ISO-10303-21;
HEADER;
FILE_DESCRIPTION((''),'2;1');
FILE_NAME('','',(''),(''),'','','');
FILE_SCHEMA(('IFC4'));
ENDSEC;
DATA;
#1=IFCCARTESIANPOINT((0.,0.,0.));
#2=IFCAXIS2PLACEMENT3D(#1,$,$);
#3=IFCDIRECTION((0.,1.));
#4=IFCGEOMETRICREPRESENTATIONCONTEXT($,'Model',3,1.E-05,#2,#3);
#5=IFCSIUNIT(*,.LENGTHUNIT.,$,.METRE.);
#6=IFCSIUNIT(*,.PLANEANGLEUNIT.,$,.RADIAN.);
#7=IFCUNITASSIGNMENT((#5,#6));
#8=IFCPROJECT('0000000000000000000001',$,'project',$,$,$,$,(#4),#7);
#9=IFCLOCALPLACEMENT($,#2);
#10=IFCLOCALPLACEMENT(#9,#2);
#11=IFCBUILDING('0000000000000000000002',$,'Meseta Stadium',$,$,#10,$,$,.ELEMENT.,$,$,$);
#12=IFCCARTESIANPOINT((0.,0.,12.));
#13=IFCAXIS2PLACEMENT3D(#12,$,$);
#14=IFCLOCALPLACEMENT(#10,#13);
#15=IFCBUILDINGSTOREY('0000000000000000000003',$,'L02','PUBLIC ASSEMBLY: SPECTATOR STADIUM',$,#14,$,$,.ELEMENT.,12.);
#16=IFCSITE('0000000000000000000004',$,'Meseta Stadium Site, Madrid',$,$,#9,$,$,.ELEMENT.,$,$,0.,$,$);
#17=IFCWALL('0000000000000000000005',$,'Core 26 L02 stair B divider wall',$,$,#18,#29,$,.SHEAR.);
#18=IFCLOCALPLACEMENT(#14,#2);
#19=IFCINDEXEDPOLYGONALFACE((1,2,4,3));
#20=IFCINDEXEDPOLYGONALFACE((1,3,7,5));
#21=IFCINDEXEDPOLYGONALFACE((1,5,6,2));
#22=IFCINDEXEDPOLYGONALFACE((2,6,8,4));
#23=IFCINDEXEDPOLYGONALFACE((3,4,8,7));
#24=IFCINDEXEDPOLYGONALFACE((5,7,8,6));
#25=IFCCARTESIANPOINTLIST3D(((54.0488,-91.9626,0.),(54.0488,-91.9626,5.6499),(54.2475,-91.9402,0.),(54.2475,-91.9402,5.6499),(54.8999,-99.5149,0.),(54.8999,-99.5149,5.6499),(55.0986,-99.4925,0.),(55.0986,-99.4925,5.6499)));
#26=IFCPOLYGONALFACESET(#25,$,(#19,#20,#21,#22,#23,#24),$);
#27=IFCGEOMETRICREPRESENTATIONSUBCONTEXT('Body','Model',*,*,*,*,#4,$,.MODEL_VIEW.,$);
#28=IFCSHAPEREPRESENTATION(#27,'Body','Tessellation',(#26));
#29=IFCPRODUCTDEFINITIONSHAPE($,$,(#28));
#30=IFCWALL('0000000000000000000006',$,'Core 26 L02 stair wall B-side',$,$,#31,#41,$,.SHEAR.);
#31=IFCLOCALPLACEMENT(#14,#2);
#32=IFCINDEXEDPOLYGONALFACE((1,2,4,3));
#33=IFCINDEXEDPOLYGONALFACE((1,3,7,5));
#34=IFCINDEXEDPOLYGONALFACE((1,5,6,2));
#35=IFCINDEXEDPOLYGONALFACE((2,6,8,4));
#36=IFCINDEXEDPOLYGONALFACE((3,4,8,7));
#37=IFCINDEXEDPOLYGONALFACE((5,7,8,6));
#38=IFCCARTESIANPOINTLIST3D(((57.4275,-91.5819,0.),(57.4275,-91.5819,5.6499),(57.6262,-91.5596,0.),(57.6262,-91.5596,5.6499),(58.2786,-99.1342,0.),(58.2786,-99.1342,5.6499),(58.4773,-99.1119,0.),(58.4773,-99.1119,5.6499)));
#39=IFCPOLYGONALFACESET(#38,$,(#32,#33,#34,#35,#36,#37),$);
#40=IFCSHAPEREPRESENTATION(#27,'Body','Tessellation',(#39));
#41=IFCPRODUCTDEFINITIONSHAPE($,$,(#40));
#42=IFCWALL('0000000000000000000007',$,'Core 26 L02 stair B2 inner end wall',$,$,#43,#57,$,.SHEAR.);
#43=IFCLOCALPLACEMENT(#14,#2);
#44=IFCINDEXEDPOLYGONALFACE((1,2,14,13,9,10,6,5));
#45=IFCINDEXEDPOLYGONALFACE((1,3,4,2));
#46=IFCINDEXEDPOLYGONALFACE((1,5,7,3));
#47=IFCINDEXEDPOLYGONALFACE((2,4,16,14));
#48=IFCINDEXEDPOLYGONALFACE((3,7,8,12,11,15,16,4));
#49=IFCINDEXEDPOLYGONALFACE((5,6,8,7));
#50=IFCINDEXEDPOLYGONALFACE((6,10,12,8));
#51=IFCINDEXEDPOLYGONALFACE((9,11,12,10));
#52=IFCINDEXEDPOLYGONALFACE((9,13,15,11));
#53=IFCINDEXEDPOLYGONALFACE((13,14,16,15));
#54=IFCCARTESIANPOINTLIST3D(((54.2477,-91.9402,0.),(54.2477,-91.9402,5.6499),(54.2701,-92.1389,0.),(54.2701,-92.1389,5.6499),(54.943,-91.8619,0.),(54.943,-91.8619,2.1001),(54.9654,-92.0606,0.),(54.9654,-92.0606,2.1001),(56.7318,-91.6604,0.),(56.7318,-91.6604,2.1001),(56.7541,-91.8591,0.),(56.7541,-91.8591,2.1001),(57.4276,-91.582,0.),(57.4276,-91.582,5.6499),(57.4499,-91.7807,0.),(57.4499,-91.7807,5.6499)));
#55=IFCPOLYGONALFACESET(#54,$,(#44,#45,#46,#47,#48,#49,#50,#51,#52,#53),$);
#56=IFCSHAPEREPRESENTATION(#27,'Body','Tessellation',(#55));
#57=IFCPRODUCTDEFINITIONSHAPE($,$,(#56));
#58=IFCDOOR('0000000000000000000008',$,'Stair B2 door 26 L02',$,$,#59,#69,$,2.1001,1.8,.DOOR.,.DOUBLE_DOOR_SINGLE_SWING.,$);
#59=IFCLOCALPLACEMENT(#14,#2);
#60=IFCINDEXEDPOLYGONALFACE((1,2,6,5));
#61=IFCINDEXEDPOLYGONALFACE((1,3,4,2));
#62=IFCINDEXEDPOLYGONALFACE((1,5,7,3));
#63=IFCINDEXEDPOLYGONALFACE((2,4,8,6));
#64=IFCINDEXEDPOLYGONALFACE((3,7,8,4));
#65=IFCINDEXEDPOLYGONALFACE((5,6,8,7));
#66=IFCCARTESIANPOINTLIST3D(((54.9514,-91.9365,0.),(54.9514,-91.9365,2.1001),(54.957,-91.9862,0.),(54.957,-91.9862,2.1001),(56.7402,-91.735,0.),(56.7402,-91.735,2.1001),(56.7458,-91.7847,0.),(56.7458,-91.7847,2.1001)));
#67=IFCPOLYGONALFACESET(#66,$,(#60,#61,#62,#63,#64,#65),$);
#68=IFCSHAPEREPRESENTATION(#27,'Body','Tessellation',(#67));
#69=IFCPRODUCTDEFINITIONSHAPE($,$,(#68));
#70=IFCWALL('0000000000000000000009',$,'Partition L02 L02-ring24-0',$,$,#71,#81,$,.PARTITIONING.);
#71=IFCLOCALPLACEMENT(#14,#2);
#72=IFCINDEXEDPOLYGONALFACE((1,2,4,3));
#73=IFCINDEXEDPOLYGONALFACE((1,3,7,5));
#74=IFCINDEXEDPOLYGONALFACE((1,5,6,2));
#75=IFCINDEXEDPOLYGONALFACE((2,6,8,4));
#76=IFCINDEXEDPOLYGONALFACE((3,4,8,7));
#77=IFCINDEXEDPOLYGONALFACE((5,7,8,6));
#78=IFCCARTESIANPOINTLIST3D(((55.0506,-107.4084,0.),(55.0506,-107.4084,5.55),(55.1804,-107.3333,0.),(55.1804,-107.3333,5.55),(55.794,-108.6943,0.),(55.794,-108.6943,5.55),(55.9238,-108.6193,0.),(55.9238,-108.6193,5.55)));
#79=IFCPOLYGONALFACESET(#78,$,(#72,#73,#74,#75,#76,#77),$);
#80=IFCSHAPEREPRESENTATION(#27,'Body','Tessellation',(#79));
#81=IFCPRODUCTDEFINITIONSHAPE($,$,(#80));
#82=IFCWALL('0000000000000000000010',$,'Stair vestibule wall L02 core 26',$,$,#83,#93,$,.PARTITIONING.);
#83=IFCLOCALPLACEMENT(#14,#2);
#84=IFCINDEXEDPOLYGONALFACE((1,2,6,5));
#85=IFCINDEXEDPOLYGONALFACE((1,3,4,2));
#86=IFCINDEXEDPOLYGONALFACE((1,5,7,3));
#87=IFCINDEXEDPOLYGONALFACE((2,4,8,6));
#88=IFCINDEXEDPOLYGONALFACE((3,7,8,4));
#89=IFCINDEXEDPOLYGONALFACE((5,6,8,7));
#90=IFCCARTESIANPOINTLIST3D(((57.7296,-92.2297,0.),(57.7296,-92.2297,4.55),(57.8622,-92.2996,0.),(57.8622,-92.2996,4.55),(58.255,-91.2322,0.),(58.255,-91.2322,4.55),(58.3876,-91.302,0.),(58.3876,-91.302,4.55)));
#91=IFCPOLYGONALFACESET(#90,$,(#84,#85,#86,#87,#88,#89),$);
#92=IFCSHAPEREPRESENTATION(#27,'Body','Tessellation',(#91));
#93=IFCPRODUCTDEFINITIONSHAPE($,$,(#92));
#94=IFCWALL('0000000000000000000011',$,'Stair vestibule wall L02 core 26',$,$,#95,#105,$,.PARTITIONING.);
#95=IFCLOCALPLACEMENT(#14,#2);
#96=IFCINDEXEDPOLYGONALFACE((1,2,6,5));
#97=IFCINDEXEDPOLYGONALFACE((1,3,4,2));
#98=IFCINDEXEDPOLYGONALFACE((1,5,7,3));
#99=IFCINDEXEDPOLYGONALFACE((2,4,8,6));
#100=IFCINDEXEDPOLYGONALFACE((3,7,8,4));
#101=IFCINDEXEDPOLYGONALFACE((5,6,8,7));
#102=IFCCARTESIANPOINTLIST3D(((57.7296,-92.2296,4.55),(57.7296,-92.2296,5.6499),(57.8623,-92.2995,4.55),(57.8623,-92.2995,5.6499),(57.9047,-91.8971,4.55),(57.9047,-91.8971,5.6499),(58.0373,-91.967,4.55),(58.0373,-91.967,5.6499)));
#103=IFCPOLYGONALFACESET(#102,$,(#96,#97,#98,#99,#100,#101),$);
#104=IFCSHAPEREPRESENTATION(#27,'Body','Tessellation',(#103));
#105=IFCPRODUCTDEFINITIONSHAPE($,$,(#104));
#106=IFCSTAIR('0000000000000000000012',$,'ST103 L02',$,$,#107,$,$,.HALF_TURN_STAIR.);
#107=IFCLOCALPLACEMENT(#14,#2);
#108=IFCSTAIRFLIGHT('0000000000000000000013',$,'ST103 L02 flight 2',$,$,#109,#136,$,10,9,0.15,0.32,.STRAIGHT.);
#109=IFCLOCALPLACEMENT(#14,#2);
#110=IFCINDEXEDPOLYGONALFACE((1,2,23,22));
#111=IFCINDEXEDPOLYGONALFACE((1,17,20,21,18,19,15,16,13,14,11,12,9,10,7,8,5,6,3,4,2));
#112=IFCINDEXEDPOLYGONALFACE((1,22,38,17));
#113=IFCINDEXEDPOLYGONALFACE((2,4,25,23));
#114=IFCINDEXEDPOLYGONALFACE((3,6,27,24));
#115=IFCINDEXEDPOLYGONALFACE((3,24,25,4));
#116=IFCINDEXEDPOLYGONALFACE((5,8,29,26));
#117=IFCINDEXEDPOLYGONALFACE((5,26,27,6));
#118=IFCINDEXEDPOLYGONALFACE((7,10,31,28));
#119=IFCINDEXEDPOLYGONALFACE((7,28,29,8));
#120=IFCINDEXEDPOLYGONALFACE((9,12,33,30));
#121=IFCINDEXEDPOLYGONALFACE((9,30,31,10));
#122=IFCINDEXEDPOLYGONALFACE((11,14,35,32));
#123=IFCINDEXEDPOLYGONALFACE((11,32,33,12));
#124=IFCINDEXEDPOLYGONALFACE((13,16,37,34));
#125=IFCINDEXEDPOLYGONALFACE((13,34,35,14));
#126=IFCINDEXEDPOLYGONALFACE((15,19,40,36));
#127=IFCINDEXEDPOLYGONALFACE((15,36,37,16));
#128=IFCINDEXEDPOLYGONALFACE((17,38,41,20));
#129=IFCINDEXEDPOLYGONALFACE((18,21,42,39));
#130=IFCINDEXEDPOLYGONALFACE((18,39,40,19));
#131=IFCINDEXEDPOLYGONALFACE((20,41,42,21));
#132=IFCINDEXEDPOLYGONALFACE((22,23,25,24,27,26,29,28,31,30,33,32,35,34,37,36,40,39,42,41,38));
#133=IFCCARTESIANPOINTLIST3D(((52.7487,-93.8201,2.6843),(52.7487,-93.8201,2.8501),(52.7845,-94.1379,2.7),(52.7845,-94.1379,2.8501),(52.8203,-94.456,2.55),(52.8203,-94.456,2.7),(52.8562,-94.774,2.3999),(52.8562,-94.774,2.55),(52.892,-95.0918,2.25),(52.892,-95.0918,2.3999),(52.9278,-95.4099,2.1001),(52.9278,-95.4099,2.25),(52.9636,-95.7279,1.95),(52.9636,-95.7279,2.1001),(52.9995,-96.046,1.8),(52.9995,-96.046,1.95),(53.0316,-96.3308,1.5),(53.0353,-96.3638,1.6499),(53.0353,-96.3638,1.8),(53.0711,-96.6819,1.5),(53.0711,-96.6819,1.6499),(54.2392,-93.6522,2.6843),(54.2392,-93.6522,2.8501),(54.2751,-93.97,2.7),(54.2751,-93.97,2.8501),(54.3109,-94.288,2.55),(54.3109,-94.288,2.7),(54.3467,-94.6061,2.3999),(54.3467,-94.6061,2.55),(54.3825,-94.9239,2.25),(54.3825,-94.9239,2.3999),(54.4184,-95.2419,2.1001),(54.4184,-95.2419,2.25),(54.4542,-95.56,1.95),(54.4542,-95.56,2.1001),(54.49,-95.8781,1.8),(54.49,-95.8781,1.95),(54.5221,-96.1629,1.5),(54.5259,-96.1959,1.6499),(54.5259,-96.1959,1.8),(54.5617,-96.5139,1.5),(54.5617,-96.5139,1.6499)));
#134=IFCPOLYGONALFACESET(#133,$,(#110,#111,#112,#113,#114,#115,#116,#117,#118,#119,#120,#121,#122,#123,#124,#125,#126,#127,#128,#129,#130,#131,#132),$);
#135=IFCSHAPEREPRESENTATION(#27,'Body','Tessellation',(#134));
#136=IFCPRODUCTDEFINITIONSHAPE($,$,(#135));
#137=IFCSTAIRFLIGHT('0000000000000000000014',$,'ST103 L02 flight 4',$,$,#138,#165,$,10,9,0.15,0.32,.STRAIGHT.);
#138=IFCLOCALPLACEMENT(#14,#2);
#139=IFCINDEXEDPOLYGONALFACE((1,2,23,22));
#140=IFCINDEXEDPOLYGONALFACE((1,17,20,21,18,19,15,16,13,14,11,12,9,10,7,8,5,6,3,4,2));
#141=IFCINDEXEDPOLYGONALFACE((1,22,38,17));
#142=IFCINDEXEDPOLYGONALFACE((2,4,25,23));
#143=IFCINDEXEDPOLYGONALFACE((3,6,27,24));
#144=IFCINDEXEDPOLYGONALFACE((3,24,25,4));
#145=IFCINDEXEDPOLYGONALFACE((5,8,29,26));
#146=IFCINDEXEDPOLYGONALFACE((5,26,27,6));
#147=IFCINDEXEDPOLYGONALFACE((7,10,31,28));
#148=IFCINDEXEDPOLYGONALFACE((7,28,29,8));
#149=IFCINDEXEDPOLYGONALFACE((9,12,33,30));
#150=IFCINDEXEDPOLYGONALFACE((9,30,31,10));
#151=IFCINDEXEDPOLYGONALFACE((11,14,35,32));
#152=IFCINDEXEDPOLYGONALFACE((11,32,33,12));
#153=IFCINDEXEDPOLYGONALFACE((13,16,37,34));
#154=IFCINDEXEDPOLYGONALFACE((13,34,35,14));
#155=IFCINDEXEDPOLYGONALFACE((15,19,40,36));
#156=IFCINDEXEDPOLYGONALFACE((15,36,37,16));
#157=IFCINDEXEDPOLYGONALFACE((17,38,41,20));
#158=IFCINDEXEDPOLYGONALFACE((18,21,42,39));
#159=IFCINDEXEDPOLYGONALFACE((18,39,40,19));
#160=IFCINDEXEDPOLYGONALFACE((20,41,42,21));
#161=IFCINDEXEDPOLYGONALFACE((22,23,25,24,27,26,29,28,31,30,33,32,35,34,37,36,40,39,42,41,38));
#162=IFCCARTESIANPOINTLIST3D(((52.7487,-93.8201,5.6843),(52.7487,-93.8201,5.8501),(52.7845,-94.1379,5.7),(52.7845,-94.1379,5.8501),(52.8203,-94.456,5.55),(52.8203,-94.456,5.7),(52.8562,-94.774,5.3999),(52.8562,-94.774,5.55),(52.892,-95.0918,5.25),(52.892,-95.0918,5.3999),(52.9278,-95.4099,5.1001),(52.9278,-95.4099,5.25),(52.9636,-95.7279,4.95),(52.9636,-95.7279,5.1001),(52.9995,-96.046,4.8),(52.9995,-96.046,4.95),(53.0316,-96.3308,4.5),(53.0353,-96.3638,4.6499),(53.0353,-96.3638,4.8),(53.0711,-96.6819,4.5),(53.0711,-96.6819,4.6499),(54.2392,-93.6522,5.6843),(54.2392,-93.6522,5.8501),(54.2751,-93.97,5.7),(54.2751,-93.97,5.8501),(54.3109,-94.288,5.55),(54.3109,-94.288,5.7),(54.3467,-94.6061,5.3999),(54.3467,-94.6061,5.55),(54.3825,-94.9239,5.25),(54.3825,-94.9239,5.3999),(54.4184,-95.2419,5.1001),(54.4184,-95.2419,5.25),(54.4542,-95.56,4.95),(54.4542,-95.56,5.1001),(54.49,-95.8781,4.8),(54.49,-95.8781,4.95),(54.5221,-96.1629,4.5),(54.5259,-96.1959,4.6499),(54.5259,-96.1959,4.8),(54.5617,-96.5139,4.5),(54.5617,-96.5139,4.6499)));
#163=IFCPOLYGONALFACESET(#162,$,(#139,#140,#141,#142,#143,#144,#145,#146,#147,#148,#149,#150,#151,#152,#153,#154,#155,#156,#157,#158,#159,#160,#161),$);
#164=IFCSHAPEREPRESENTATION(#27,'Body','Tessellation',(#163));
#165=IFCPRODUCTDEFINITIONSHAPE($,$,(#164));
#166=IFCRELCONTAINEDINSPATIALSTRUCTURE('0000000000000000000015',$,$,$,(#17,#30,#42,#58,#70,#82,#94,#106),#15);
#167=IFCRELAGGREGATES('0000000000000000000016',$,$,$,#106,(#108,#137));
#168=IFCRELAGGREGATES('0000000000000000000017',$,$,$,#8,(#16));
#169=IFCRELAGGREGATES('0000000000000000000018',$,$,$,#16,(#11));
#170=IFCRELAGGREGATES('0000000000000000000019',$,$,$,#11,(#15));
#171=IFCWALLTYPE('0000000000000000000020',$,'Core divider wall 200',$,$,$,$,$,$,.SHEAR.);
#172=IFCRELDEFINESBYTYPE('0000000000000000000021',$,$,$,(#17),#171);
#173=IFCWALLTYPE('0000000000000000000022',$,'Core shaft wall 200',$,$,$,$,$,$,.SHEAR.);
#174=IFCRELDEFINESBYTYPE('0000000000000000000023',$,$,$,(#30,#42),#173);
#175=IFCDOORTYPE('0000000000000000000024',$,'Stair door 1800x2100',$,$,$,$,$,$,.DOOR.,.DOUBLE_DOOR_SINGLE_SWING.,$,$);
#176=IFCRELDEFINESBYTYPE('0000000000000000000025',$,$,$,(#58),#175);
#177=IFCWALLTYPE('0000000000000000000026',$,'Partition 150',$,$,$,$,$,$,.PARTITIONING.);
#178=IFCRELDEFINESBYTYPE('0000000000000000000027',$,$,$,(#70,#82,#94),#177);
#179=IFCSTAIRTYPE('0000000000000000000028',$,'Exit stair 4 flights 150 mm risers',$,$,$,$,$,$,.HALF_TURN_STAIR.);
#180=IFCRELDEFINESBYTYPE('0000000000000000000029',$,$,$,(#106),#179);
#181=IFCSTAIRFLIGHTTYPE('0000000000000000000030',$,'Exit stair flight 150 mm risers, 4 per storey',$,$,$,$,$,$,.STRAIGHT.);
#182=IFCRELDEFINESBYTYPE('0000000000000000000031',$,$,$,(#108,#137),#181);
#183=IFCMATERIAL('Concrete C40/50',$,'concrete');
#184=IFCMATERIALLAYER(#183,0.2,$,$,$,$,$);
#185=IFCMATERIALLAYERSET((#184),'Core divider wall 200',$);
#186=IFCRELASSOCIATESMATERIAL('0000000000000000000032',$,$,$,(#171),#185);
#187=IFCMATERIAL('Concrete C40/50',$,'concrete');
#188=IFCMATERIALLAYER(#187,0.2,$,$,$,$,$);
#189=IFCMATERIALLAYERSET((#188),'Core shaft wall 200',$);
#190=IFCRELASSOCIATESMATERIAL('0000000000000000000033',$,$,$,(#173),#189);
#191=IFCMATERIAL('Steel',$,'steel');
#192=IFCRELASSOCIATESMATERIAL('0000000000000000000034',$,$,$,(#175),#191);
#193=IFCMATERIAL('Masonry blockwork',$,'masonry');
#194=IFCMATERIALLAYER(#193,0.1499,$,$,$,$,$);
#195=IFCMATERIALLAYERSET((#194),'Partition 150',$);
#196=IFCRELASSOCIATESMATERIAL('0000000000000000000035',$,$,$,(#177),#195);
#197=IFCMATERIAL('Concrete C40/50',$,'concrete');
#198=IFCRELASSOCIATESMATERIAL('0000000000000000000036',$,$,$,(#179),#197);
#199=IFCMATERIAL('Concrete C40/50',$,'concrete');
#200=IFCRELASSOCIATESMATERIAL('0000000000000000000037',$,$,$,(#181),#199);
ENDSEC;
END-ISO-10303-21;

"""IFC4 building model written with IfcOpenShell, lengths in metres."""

from ifc_helpers import new_model, si_unit, direction, frame, frame_2d, origin, place, context, subcontext, project, spatial, polyline, rectangle, outline, extrude, material, layer, layer_set, type_object, element, fill, aggregate, save


model = new_model("IFC4")

# Units and contexts
model_context = context("Model", 3, precision=1e-05, world=origin(), true_north=direction((0.0, 1.0)))
body_context = subcontext(model_context, "Body", "Model", "MODEL_VIEW")
ifc_project = project(units=[si_unit("LENGTHUNIT", "METRE"), si_unit("PLANEANGLEUNIT", "RADIAN")], contexts=[model_context])

# Site, building, storey
site_placement = place(None, origin())
site = spatial("IfcSite", under=ifc_project, at=site_placement, Name="Meseta Stadium Site, Madrid", CompositionType="ELEMENT", RefElevation=0.0)
building_placement = place(site_placement, origin())
building = spatial("IfcBuilding", under=site, at=building_placement, Name="Meseta Stadium", CompositionType="ELEMENT")
storey_placement = place(building_placement, frame((0.0, 0.0, 12.0)))
storey = spatial("IfcBuildingStorey", under=building, at=storey_placement, Name="L02", Description="PUBLIC ASSEMBLY: SPECTATOR STADIUM", CompositionType="ELEMENT", Elevation=12.0)

# Walls
ifc_material_1 = material(Name="Concrete C40/50", Category="concrete")
ifc_layer_1 = layer(ifc_material_1, 0.2)
ifc_layer_set_1 = layer_set([ifc_layer_1], Name="Core divider wall 200")
wall_type_1 = type_object("IfcWallType", Name="Core divider wall 200", PredefinedType="SHEAR", material=ifc_layer_set_1)
wall_1_placement = place(storey_placement, frame((54.9993, -99.5037, 0.0), z_axis=(0.0, 0.0, 1.0), x_axis=(-0.111983, 0.99371, 0.0)))
element("IfcWall", 1, at=wall_1_placement, inside=storey, type_object=wall_type_1, Name="Core 26 L02 stair B divider wall", PredefinedType="SHEAR", context=body_context, shape_type="SweptSolid", body=[
    extrude(rectangle(XDim=7.6001, YDim=0.2, at=frame_2d((3.8, 0.0))), origin(), (0.0, 0.0, 1.0), 5.6499),
])
ifc_material_2 = material(Name="Concrete C40/50", Category="concrete")
ifc_layer_2 = layer(ifc_material_2, 0.2)
ifc_layer_set_2 = layer_set([ifc_layer_2], Name="Core shaft wall 200")
wall_type_2 = type_object("IfcWallType", Name="Core shaft wall 200", PredefinedType="SHEAR", material=ifc_layer_set_2)
wall_2_placement = place(storey_placement, frame((58.3779, -99.123, 0.0), z_axis=(0.0, 0.0, 1.0), x_axis=(-0.111983, 0.99371, 0.0)))
element("IfcWall", 2, at=wall_2_placement, inside=storey, type_object=wall_type_2, Name="Core 26 L02 stair wall B-side", PredefinedType="SHEAR", context=body_context, shape_type="SweptSolid", body=[
    extrude(rectangle(XDim=7.6001, YDim=0.2, at=frame_2d((3.8, 0.0))), origin(), (0.0, 0.0, 1.0), 5.6499),
])

# Wall, opening, door
wall_3_placement = place(storey_placement, frame((54.2588, -92.0396, 0.0), z_axis=(0.0, 0.0, 1.0), x_axis=(0.993717, 0.111922, 0.0)))
wall_3 = element("IfcWall", 3, at=wall_3_placement, inside=storey, type_object=wall_type_2, Name="Core 26 L02 stair B2 inner end wall", PredefinedType="SHEAR", context=body_context, shape_type="SweptSolid", body=[
    extrude(rectangle(XDim=3.2, YDim=0.2, at=frame_2d((1.6001, 0.0))), origin(), (0.0, 0.0, 1.0), 5.6499),
])
opening_placement = place(wall_3_placement, frame((0.7, 0.0, 0.0)))
opening = element("IfcOpeningElement", 4, at=opening_placement, cuts=wall_3, PredefinedType="OPENING", context=body_context, shape_type="SweptSolid", body=[
    extrude(rectangle(XDim=1.8, YDim=2.1001, at=frame_2d((0.8999, 1.05))), frame((0.0, 0.1099, 0.0), z_axis=(0.0, -1.0, 0.0), x_axis=(1.0, 0.0, 0.0)), (0.0, 0.0, 1.0), 0.22),
])
ifc_material_3 = material(Name="Steel", Category="steel")
door_type = type_object("IfcDoorType", Name="Stair door 1800x2100", OperationType="DOUBLE_DOOR_SINGLE_SWING", PredefinedType="DOOR", material=ifc_material_3)
door_placement = place(opening_placement, origin())
door = element("IfcDoor", 5, at=door_placement, inside=storey, type_object=door_type, Name="Stair B2 door 26 L02", OperationType="DOUBLE_DOOR_SINGLE_SWING", OverallHeight=2.1001, OverallWidth=1.8, PredefinedType="DOOR", context=body_context, shape_type="SweptSolid", body=[
    extrude(rectangle(XDim=1.8, YDim=2.1001, at=frame_2d((0.8999, 1.05))), frame((0.0, 0.0249, 0.0), z_axis=(0.0, -1.0, 0.0), x_axis=(1.0, 0.0, 0.0)), (0.0, 0.0, 1.0), 0.05),
])
fill(opening, door)

# Walls
ifc_material_4 = material(Name="Masonry blockwork", Category="masonry")
ifc_layer_3 = layer(ifc_material_4, 0.1499)
ifc_layer_set_3 = layer_set([ifc_layer_3], Name="Partition 150")
wall_type_3 = type_object("IfcWallType", Name="Partition 150", PredefinedType="PARTITIONING", material=ifc_layer_set_3)
wall_4_placement = place(storey_placement, frame((55.1155, -107.3708, 0.0), z_axis=(0.0, 0.0, 1.0), x_axis=(0.500505, -0.865734, 0.0)))
element("IfcWall", 6, at=wall_4_placement, inside=storey, type_object=wall_type_3, Name="Partition L02 L02-ring24-0", PredefinedType="PARTITIONING", context=body_context, shape_type="SweptSolid", body=[
    extrude(rectangle(XDim=1.4854, YDim=0.1499, at=frame_2d((0.7427, 0.0))), origin(), (0.0, 0.0, 1.0), 5.55),
])
wall_5_placement = place(storey_placement, frame((57.7959, -92.2646, 0.0), z_axis=(0.0, 0.0, 1.0), x_axis=(0.465996, 0.884787, 0.0)))
element("IfcWall", 7, at=wall_5_placement, inside=storey, type_object=wall_type_3, Name="Stair vestibule wall L02 core 26", PredefinedType="PARTITIONING", context=body_context, shape_type="SweptSolid", body=[
    extrude(rectangle(XDim=1.1274, YDim=0.1499, at=frame_2d((0.5637, 0.0))), origin(), (0.0, 0.0, 1.0), 4.55),
])
wall_6_placement = place(storey_placement, frame((57.7959, -92.2646, 4.55), z_axis=(0.0, 0.0, 1.0), x_axis=(0.465827, 0.884876, 0.0)))
element("IfcWall", 8, at=wall_6_placement, inside=storey, type_object=wall_type_3, Name="Stair vestibule wall L02 core 26", PredefinedType="PARTITIONING", context=body_context, shape_type="SweptSolid", body=[
    extrude(rectangle(XDim=0.3757, YDim=0.1499, at=frame_2d((0.188, 0.0))), origin(), (0.0, 0.0, 1.0), 1.0999),
])

# Stair, stair flights
ifc_material_5 = material(Name="Concrete C40/50", Category="concrete")
stair_type = type_object("IfcStairType", Name="Exit stair 4 flights 150 mm risers", PredefinedType="HALF_TURN_STAIR", material=ifc_material_5)
stair_1_placement = place(storey_placement, origin())
stair_1 = element("IfcStair", 9, at=stair_1_placement, inside=storey, type_object=stair_type, Name="ST103 L02", PredefinedType="HALF_TURN_STAIR")
ifc_material_6 = material(Name="Concrete C40/50", Category="concrete")
stair_flight_type = type_object("IfcStairFlightType", Name="Exit stair flight 150 mm risers, 4 per storey", PredefinedType="STRAIGHT", material=ifc_material_6)
stair_flight_1_placement = place(storey_placement, frame((53.8164, -96.5979, 1.5), z_axis=(0.0, 0.0, 1.0), x_axis=(-0.111964, 0.993712, 0.0)))
stair_flight_1 = element("IfcStairFlight", 10, at=stair_flight_1_placement, type_object=stair_flight_type, Name="ST103 L02 flight 2", NumberOfRisers=10, NumberOfTreads=9, PredefinedType="STRAIGHT", RiserHeight=0.15, TreadLength=0.32, context=body_context, shape_type="SweptSolid", body=[
    extrude(outline(polyline([(0.0, 0.0), (0.0, 0.1499), (0.3201, 0.1499), (0.3201, 0.3), (0.6399, 0.3), (0.6399, 0.45), (0.96, 0.45), (0.96, 0.6001), (1.28, 0.6001), (1.28, 0.75), (1.6001, 0.75), (1.6001, 0.8999), (1.9199, 0.8999), (1.9199, 1.05), (2.24, 1.05), (2.24, 1.2), (2.5601, 1.2), (2.5601, 1.3501), (2.8799, 1.3501), (2.8799, 1.1843), (0.3533, 0.0), (0.0, 0.0)])), frame((0.0, 0.75, 0.0), z_axis=(0.0, -1.0, 0.0), x_axis=(1.0, 0.0, 0.0)), (0.0, 0.0, 1.0), 1.5),
])
stair_flight_2_placement = place(storey_placement, frame((53.8164, -96.5979, 4.5), z_axis=(0.0, 0.0, 1.0), x_axis=(-0.111964, 0.993712, 0.0)))
stair_flight_2 = element("IfcStairFlight", 11, at=stair_flight_2_placement, type_object=stair_flight_type, Name="ST103 L02 flight 4", NumberOfRisers=10, NumberOfTreads=9, PredefinedType="STRAIGHT", RiserHeight=0.15, TreadLength=0.32, context=body_context, shape_type="SweptSolid", body=[
    extrude(outline(polyline([(0.0, 0.0), (0.0, 0.1499), (0.3201, 0.1499), (0.3201, 0.3), (0.6399, 0.3), (0.6399, 0.45), (0.96, 0.45), (0.96, 0.6001), (1.28, 0.6001), (1.28, 0.75), (1.6001, 0.75), (1.6001, 0.8999), (1.9199, 0.8999), (1.9199, 1.05), (2.24, 1.05), (2.24, 1.2), (2.5601, 1.2), (2.5601, 1.3501), (2.8799, 1.3501), (2.8799, 1.1843), (0.3533, 0.0), (0.0, 0.0)])), frame((0.0, 0.75, 0.0), z_axis=(0.0, -1.0, 0.0), x_axis=(1.0, 0.0, 0.0)), (0.0, 0.0, 1.0), 1.5),
])
aggregate(stair_1, [stair_flight_1, stair_flight_2])

save(model, "model.ifc")
